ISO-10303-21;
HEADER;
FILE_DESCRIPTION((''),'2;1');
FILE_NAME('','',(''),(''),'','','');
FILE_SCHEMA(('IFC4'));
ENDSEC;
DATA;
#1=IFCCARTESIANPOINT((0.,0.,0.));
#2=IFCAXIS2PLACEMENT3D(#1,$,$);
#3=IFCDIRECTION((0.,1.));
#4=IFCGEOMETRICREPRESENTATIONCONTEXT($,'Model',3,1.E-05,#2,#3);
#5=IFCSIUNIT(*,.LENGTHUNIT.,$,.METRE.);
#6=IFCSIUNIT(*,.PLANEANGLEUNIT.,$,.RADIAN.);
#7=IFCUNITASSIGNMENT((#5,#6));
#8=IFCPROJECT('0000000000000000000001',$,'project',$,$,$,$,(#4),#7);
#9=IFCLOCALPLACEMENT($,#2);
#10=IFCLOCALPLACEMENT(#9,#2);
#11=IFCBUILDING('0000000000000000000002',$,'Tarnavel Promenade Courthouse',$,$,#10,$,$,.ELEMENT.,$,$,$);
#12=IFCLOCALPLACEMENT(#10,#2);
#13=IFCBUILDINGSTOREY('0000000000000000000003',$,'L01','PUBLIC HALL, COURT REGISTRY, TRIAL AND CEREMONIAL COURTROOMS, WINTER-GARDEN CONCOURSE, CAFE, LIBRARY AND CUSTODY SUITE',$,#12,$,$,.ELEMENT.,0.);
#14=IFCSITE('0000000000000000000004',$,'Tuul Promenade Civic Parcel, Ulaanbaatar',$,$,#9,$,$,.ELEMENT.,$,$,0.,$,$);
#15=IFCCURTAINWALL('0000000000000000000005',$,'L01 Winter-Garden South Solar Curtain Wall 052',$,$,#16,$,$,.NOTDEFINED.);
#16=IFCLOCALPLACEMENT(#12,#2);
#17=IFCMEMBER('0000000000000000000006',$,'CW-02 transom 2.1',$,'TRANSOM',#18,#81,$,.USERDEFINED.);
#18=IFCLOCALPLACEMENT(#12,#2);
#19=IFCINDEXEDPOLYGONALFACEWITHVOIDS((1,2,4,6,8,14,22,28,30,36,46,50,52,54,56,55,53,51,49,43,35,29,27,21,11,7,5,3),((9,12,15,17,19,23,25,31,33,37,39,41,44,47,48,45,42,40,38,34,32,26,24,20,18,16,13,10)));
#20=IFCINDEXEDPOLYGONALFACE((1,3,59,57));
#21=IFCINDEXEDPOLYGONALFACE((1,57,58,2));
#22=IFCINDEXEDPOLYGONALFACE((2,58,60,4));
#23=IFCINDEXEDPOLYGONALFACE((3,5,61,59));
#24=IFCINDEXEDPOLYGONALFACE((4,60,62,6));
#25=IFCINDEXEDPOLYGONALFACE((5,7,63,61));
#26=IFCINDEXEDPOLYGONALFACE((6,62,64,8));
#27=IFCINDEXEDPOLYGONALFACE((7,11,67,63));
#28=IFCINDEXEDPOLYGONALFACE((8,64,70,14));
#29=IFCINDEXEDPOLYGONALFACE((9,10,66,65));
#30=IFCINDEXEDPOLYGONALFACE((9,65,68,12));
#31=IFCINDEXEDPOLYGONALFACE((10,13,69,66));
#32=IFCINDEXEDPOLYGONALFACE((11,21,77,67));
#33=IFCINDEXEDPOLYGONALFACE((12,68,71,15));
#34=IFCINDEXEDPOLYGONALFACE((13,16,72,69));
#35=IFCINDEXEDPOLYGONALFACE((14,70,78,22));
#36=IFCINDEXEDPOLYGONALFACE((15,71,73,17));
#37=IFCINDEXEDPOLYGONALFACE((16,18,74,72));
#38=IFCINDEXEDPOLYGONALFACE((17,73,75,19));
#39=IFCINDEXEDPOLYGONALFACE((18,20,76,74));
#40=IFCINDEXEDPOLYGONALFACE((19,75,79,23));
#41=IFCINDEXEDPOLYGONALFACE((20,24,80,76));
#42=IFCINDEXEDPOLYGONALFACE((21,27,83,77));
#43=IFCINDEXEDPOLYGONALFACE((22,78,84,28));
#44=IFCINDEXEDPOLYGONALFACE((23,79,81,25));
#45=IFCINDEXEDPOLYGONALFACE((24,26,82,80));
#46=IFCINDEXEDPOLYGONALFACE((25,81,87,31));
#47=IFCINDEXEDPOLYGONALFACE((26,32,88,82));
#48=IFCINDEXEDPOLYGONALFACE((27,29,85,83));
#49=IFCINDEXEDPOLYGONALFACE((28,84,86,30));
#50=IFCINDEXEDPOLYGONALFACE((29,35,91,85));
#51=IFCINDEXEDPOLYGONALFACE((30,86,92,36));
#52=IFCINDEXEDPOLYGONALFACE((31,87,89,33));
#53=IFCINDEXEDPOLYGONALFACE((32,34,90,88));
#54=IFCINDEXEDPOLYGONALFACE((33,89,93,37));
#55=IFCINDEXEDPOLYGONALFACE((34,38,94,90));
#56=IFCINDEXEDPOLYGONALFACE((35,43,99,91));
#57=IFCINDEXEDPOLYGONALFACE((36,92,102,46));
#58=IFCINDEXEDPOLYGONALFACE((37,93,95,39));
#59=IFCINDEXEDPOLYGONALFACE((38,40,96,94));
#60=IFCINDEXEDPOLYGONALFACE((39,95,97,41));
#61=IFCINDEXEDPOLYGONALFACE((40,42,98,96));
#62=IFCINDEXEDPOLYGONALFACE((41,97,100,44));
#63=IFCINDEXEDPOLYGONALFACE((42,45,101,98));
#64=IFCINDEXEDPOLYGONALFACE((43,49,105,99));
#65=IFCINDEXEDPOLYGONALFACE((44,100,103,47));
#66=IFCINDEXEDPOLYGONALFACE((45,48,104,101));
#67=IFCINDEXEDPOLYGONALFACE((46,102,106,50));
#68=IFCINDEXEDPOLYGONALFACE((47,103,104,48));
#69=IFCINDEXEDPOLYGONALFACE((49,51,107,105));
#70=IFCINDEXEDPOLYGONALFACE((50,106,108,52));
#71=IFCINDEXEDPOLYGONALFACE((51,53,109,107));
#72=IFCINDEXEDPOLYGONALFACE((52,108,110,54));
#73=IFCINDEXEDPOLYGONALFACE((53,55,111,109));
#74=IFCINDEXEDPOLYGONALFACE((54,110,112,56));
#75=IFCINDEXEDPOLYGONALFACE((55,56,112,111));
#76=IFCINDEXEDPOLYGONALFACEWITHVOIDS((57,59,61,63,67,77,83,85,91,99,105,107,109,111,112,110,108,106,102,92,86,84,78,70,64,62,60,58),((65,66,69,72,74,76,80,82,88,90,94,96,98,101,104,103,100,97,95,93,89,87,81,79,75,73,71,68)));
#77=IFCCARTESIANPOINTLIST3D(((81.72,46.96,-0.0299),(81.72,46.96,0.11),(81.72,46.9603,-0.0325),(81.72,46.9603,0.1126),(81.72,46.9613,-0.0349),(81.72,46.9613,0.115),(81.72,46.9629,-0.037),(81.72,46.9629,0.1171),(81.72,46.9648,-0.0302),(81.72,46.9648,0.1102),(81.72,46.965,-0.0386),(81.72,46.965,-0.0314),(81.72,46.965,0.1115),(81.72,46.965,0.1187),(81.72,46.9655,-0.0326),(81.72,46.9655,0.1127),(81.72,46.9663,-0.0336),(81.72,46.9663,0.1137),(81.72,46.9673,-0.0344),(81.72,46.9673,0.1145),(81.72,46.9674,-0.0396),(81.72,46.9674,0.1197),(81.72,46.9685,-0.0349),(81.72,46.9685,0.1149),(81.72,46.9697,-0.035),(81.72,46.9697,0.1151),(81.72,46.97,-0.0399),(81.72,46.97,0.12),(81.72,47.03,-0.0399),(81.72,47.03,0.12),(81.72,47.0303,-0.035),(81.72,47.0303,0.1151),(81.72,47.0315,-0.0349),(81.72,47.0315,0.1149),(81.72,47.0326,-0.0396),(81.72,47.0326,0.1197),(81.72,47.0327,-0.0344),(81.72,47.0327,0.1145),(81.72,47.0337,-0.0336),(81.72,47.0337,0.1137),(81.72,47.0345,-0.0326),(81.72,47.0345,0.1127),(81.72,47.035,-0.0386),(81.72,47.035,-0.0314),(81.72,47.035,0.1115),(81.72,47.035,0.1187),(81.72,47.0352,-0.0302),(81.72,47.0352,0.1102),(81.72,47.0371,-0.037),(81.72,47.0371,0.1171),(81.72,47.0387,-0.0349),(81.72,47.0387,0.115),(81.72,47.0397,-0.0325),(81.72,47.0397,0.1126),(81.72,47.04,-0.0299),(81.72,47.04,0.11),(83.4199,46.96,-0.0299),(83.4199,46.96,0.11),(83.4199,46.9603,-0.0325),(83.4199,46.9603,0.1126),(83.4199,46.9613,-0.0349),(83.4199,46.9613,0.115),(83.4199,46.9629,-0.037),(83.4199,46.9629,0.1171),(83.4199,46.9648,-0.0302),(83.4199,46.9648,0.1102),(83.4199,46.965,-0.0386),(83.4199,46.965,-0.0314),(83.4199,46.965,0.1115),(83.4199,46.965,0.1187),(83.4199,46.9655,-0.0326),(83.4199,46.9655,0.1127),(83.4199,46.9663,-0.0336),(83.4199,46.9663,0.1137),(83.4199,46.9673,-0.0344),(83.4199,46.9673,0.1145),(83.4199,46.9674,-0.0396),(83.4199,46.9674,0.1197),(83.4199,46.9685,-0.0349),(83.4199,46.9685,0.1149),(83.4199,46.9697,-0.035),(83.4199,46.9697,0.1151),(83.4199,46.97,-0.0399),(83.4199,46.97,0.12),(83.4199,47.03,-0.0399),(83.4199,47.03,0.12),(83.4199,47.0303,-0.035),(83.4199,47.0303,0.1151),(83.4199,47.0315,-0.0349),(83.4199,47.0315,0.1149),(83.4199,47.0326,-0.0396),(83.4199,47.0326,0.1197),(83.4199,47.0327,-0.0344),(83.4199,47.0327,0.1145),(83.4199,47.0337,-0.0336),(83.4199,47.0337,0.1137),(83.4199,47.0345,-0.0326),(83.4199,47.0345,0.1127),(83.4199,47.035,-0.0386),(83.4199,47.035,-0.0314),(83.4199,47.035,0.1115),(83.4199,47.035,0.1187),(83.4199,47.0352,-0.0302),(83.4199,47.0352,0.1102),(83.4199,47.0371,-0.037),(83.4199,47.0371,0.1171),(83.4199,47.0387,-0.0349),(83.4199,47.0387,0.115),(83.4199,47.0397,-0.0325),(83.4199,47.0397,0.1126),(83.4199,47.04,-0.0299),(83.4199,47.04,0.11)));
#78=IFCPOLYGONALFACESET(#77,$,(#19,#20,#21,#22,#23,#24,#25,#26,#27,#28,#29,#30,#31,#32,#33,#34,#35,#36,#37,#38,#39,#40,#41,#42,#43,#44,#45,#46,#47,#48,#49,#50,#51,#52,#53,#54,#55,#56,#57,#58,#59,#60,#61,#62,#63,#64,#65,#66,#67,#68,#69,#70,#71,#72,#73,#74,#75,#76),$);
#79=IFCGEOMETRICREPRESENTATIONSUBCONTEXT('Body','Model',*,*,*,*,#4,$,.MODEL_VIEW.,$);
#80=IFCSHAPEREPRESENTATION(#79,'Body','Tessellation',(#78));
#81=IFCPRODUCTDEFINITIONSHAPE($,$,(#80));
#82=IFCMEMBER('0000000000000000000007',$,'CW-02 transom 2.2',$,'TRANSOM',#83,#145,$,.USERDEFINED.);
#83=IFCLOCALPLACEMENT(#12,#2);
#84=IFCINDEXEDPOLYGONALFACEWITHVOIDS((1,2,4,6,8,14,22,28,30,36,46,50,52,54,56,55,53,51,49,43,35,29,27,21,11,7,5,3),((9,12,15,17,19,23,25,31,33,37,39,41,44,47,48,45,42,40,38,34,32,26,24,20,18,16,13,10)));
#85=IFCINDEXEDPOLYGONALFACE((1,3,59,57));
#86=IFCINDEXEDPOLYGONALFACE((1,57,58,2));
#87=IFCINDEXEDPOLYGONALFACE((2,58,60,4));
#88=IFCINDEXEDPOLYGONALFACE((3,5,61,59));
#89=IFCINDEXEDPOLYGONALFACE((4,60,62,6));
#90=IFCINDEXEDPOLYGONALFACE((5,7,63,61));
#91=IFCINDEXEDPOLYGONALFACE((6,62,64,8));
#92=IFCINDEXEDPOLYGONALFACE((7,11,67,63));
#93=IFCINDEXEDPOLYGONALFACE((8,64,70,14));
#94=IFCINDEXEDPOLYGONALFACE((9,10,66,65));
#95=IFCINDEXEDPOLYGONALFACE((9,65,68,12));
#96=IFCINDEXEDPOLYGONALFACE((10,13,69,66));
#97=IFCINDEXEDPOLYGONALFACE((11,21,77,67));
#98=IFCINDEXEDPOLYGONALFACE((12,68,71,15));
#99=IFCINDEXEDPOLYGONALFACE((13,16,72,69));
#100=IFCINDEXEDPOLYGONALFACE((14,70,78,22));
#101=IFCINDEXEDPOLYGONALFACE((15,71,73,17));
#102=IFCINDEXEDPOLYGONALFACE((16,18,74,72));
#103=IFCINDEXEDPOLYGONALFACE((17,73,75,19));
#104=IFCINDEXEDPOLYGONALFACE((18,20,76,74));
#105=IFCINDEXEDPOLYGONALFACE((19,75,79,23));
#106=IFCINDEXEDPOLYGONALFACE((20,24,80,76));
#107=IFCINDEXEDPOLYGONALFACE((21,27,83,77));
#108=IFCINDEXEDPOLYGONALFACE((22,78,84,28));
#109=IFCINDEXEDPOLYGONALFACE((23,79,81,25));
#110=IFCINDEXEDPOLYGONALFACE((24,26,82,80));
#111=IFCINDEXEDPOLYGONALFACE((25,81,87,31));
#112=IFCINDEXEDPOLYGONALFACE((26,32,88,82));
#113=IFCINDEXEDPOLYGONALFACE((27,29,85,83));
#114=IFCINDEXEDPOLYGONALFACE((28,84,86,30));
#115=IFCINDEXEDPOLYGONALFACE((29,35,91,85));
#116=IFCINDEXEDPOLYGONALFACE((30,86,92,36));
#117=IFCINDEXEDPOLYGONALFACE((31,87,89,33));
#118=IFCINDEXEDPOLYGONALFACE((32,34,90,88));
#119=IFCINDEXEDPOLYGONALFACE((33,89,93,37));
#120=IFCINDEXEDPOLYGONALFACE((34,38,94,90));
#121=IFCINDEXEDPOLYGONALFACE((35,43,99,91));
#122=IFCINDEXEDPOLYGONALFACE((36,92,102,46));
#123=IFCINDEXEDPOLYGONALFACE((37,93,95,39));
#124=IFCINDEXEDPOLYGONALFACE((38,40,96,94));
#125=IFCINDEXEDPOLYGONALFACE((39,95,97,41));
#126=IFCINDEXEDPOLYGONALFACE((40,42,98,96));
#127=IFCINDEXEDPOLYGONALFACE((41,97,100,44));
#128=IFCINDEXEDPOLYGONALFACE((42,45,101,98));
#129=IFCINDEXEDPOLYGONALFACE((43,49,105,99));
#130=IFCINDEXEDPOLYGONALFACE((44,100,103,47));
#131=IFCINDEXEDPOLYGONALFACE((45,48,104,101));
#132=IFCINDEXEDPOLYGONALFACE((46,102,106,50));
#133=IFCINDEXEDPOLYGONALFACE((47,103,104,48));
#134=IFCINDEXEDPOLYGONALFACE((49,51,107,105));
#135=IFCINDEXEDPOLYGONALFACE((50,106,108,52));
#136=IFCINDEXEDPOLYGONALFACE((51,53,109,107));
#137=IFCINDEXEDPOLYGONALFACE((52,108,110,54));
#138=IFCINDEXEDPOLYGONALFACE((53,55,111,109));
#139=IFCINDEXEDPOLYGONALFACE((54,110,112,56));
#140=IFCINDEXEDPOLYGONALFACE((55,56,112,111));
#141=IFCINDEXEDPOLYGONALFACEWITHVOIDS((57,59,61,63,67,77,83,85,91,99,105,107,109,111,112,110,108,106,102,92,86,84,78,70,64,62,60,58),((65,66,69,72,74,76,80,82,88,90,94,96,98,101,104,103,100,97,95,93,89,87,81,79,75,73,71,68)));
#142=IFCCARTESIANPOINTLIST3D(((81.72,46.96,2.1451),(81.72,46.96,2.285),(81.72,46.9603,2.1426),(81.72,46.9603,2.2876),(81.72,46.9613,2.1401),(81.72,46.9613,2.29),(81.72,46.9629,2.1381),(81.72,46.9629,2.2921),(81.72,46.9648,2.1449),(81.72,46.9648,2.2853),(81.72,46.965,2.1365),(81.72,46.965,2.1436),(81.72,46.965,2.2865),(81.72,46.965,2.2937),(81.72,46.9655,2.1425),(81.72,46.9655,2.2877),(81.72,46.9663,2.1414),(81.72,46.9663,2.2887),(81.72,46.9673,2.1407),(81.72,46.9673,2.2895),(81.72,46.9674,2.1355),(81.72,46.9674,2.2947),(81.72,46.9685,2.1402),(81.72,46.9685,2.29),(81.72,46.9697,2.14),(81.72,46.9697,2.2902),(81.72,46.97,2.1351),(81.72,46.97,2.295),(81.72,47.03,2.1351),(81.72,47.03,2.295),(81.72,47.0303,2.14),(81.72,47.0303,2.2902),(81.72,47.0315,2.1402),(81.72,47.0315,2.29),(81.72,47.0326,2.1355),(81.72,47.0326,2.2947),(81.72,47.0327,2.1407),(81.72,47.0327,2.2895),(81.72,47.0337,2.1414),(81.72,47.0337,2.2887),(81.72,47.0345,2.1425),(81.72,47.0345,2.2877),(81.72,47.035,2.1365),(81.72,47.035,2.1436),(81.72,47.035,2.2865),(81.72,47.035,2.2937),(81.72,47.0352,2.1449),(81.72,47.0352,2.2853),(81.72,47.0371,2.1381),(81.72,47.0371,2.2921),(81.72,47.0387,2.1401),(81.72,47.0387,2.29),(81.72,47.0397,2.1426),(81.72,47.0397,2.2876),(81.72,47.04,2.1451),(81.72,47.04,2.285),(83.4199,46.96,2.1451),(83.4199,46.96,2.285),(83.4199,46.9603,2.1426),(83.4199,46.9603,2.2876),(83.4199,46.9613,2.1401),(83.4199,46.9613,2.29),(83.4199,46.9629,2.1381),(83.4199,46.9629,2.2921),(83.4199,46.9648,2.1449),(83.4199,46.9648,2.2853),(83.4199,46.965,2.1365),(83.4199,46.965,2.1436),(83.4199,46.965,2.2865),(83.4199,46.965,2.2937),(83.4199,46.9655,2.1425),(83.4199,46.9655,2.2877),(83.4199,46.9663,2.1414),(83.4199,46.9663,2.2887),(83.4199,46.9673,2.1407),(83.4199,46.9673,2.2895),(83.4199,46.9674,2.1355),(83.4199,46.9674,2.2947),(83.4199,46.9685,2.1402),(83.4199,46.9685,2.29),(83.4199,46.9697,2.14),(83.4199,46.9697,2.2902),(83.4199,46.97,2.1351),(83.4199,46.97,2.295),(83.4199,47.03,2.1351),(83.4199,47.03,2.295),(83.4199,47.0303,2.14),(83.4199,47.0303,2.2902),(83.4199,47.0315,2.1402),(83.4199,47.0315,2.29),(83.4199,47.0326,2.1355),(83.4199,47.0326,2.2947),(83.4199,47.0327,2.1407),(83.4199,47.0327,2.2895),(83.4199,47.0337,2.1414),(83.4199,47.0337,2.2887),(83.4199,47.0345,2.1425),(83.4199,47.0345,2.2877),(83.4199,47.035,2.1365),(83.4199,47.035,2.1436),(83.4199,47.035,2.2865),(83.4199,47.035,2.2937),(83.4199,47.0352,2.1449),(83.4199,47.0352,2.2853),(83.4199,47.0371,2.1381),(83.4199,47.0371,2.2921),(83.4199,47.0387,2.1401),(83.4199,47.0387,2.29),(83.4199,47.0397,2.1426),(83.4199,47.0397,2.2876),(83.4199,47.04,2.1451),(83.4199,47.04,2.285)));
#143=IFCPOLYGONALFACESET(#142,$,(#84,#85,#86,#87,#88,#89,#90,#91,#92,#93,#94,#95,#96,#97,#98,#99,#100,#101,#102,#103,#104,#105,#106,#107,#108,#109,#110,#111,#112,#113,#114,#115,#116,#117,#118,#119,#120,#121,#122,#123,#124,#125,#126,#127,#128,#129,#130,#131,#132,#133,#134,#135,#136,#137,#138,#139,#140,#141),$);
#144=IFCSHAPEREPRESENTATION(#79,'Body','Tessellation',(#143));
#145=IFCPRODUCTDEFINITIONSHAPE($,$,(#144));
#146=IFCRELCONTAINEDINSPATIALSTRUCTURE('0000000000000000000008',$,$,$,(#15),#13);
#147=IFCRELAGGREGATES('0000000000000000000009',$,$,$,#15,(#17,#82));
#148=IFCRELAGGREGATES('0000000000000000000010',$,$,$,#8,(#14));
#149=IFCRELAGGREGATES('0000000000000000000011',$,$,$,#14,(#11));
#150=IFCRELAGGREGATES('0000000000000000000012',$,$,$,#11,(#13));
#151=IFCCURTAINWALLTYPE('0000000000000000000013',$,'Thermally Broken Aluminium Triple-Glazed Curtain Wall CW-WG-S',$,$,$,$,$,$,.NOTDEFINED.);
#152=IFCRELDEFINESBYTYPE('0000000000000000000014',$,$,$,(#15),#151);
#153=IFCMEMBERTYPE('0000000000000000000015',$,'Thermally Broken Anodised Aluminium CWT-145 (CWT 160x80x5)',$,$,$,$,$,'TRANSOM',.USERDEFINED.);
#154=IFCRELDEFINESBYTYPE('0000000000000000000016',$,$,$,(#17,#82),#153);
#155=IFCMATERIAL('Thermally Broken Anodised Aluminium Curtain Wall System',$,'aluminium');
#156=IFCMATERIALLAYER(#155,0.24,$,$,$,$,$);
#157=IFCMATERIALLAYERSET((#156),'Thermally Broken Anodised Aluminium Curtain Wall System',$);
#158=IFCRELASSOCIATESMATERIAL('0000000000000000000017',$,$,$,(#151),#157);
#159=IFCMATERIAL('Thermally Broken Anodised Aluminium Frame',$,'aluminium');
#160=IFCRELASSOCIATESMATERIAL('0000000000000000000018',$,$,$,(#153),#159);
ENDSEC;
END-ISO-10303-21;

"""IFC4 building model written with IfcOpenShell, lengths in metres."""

from ifc_helpers import new_model, si_unit, direction, frame, origin, origin_2d, place, context, subcontext, project, spatial, hollow_rectangle, extrude, material, layer, layer_set, material_profile, profile_set, type_object, element, aggregate, save


model = new_model("IFC4")

# Units and contexts
model_context = context("Model", 3, precision=1e-05, world=origin(), true_north=direction((0.0, 1.0)))
body_context = subcontext(model_context, "Body", "Model", "MODEL_VIEW")
ifc_project = project(units=[si_unit("LENGTHUNIT", "METRE"), si_unit("PLANEANGLEUNIT", "RADIAN")], contexts=[model_context])

# Site, building, storey
site_placement = place(None, origin())
site = spatial("IfcSite", under=ifc_project, at=site_placement, Name="Tuul Promenade Civic Parcel, Ulaanbaatar", CompositionType="ELEMENT", RefElevation=0.0)
building_placement = place(site_placement, origin())
building = spatial("IfcBuilding", under=site, at=building_placement, Name="Tarnavel Promenade Courthouse", CompositionType="ELEMENT")
storey_placement = place(building_placement, origin())
storey = spatial("IfcBuildingStorey", under=building, at=storey_placement, Name="L01", Description="PUBLIC HALL, COURT REGISTRY, TRIAL AND CEREMONIAL COURTROOMS, WINTER-GARDEN CONCOURSE, CAFE, LIBRARY AND CUSTODY SUITE", CompositionType="ELEMENT", Elevation=0.0)

# Shared definitions
ifc_material_1 = material(Name="Thermally Broken Anodised Aluminium Curtain Wall System", Category="aluminium")
ifc_layer_1 = layer(ifc_material_1, 0.24)
ifc_layer_set_1 = layer_set([ifc_layer_1], Name="Thermally Broken Anodised Aluminium Curtain Wall System")
curtain_wall_type = type_object("IfcCurtainWallType", Name="Thermally Broken Aluminium Triple-Glazed Curtain Wall CW-WG-S", PredefinedType="NOTDEFINED", material=ifc_layer_set_1)
ifc_material_2 = material(Name="Thermally Broken Anodised Aluminium Frame", Category="aluminium")

# Curtain wall
curtain_wall_1_placement = place(storey_placement, origin())
curtain_wall_1 = element("IfcCurtainWall", 1, at=curtain_wall_1_placement, inside=storey, type_object=curtain_wall_type, Name="L01 Winter-Garden South Solar Curtain Wall 052", PredefinedType="NOTDEFINED")

# Members
ifc_material_profile_1 = material_profile(ifc_material_2, hollow_rectangle(XDim=0.0801, YDim=0.1599, WallThickness=0.0049, InnerFilletRadius=0.0049, OuterFilletRadius=0.01, at=origin_2d()), Name="CWT 160x80x5")
ifc_profile_set_1 = profile_set([ifc_material_profile_1], Name="Thermally Broken Anodised Aluminium Frame")
member_type_1 = type_object("IfcMemberType", Name="Thermally Broken Anodised Aluminium CWT-145 (CWT 160x80x5)", ElementType="TRANSOM", PredefinedType="USERDEFINED", material=ifc_profile_set_1)
member_1_placement = place(storey_placement, frame((81.72, 47.0, 0.04), z_axis=(1.0, 0.0, 0.0), x_axis=(0.0, 1.0, 0.0)))
member_1 = element("IfcMember", 2, at=member_1_placement, type_object=member_type_1, Name="CW-02 transom 2.1", ObjectType="TRANSOM", PredefinedType="USERDEFINED", context=body_context, shape_type="SweptSolid", body=[
    extrude(hollow_rectangle(XDim=0.0801, YDim=0.1599, WallThickness=0.0049, InnerFilletRadius=0.0049, OuterFilletRadius=0.01, at=origin_2d()), origin(), (0.0, 0.0, 1.0), 1.7),
])
member_2_placement = place(storey_placement, frame((81.72, 47.0, 2.2151), z_axis=(1.0, 0.0, 0.0), x_axis=(0.0, 1.0, 0.0)))
member_2 = element("IfcMember", 3, at=member_2_placement, type_object=member_type_1, Name="CW-02 transom 2.2", ObjectType="TRANSOM", PredefinedType="USERDEFINED", context=body_context, shape_type="SweptSolid", body=[
    extrude(hollow_rectangle(XDim=0.0801, YDim=0.1599, WallThickness=0.0049, InnerFilletRadius=0.0049, OuterFilletRadius=0.01, at=origin_2d()), origin(), (0.0, 0.0, 1.0), 1.7),
])

aggregate(curtain_wall_1, [member_1, member_2])

save(model, "model.ifc")
